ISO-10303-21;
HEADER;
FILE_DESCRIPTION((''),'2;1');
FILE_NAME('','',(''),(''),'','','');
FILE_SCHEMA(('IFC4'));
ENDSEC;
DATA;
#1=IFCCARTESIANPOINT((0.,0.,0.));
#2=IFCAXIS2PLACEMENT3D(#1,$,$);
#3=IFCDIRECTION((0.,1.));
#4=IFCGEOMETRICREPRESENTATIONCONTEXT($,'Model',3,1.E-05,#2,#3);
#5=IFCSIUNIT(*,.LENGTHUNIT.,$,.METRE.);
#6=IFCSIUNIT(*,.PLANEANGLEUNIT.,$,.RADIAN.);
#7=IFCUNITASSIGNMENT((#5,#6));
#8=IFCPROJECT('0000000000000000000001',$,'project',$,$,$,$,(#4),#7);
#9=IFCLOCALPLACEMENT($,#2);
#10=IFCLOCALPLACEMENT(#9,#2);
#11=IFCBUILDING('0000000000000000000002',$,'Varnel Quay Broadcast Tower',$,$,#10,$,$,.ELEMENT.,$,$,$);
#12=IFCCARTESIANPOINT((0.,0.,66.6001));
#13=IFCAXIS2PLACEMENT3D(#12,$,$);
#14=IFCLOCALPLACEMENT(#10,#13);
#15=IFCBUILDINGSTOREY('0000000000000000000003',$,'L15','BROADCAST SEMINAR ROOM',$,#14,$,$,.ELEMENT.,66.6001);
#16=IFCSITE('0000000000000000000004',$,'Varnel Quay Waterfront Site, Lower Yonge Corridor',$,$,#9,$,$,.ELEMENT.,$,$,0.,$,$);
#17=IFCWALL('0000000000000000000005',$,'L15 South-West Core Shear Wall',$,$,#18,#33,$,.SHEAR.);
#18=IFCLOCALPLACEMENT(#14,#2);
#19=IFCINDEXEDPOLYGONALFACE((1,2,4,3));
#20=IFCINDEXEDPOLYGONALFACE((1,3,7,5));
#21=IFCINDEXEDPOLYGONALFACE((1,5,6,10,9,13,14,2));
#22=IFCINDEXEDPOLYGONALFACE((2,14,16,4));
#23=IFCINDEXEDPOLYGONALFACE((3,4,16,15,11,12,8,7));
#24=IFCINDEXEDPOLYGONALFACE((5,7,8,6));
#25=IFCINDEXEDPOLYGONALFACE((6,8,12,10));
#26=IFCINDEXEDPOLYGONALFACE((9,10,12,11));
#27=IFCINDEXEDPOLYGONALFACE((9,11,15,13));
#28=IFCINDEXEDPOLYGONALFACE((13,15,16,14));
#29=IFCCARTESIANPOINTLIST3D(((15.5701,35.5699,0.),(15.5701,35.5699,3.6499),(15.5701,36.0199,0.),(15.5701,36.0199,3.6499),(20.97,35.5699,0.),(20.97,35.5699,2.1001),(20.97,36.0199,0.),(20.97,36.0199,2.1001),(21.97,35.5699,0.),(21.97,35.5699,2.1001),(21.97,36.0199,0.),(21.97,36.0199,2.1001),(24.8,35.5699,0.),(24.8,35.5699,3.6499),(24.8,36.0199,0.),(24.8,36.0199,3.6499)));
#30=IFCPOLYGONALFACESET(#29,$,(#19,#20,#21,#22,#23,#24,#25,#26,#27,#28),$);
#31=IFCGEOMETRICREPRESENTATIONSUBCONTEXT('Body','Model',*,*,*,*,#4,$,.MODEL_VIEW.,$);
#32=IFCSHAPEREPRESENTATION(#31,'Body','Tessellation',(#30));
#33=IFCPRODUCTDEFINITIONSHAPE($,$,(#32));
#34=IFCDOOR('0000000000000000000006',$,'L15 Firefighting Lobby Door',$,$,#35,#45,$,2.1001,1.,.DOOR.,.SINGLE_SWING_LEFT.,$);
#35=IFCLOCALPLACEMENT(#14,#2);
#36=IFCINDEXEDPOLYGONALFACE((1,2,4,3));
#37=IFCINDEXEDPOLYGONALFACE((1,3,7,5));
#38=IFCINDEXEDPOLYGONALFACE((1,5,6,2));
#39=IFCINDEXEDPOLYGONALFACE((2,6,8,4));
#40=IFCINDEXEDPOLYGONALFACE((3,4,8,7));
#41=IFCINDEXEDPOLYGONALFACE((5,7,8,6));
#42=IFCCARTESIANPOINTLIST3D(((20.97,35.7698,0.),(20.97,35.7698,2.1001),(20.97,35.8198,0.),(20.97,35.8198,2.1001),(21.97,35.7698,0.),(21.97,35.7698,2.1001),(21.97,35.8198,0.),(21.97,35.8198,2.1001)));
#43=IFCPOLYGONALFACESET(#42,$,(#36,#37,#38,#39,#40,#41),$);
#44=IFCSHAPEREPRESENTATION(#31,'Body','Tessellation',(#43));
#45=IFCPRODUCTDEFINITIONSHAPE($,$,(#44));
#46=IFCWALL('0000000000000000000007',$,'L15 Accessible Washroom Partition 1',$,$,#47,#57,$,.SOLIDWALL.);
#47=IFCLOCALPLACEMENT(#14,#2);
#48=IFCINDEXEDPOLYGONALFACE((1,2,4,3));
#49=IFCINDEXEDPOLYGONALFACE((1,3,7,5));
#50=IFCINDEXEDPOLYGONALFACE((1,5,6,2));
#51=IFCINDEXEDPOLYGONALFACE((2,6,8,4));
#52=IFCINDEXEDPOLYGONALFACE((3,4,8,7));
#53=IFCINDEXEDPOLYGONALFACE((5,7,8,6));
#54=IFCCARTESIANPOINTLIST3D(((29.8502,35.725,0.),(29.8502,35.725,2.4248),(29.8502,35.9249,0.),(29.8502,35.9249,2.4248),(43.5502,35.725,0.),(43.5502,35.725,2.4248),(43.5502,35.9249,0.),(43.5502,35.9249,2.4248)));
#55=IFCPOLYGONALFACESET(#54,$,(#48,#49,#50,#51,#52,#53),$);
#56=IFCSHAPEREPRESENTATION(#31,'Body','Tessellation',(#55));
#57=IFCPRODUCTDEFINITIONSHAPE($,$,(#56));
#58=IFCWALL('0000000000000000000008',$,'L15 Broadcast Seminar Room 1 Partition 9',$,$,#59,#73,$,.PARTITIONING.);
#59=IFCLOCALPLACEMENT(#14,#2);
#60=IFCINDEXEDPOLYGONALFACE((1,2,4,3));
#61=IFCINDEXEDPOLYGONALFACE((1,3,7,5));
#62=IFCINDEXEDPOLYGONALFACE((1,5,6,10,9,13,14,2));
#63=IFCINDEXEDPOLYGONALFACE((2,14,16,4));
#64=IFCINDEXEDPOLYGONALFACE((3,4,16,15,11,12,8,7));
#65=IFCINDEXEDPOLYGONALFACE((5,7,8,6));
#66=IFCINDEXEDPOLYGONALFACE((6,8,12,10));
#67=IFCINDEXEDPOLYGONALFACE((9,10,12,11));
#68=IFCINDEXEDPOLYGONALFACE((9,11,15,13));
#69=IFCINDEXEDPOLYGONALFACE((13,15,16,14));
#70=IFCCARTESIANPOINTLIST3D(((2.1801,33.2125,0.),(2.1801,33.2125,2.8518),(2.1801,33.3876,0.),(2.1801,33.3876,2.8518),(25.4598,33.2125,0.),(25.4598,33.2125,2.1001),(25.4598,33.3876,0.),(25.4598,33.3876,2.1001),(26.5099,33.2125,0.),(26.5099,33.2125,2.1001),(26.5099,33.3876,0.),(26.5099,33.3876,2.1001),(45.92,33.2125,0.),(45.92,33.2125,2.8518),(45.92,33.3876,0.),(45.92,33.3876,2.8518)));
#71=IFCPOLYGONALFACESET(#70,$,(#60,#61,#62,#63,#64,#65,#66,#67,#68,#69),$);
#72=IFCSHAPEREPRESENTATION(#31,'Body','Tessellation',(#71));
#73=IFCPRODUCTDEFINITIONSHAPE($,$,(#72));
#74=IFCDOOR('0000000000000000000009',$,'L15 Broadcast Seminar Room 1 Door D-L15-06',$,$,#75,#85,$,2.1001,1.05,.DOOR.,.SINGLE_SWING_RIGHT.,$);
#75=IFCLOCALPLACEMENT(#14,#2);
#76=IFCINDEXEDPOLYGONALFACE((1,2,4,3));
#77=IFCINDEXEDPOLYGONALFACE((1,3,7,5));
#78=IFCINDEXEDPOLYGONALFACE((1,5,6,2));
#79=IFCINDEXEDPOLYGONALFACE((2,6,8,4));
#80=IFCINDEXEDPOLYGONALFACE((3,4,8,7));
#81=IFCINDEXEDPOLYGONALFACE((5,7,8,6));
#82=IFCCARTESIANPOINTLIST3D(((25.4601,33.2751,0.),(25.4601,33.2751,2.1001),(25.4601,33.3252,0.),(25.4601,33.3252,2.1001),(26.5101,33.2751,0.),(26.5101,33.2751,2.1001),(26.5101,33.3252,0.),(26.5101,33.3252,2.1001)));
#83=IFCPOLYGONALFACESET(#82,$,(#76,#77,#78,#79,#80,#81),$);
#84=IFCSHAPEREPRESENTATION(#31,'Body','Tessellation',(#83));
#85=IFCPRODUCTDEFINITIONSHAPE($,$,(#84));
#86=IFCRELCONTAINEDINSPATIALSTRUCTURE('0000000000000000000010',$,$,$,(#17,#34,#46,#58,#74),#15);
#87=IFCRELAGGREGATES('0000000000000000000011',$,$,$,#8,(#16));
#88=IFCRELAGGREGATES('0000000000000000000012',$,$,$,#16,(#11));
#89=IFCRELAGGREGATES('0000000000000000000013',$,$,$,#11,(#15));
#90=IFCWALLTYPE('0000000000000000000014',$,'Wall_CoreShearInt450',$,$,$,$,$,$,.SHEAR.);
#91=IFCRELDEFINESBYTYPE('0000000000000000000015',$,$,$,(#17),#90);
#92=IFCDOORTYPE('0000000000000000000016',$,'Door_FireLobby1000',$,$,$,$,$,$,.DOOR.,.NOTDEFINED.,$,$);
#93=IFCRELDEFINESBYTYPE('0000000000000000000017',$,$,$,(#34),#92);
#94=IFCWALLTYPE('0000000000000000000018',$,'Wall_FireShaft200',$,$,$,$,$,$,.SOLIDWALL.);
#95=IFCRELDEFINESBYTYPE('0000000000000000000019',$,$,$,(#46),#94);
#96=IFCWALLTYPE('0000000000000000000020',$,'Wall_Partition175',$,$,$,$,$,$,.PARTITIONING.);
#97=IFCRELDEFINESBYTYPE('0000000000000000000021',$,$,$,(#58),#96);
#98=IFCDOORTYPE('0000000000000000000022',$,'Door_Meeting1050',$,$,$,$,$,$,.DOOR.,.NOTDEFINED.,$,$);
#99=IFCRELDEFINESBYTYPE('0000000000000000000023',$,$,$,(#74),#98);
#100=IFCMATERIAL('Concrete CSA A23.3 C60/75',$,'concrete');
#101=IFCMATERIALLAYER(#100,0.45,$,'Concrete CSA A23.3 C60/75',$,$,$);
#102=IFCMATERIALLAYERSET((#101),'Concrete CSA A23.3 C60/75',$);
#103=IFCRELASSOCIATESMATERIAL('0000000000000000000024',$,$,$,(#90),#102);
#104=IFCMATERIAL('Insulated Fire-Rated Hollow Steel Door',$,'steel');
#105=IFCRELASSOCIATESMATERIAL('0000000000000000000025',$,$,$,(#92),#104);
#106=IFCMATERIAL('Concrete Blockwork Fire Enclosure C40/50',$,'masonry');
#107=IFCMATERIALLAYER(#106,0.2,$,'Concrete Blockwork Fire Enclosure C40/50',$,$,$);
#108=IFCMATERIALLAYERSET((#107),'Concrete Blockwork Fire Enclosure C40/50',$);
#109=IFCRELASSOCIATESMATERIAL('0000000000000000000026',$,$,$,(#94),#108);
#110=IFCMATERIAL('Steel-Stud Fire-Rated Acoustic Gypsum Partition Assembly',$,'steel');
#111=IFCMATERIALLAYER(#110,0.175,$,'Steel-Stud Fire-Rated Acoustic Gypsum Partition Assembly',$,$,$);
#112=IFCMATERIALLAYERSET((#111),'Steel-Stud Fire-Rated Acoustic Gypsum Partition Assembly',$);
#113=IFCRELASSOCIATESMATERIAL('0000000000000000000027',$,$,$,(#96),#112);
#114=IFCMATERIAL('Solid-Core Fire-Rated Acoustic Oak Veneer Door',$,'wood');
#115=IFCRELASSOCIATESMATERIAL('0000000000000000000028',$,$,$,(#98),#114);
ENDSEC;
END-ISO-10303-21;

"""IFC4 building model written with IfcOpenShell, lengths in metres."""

from ifc_helpers import new_model, si_unit, direction, frame, frame_2d, origin, place, context, subcontext, project, spatial, rectangle, extrude, source, transform, mapped, material, layer, layer_set, type_object, type_shapes, element, fill, save


model = new_model("IFC4")

# Units and contexts
model_context = context("Model", 3, precision=1e-05, world=origin(), true_north=direction((0.0, 1.0)))
body_context = subcontext(model_context, "Body", "Model", "MODEL_VIEW")
ifc_project = project(units=[si_unit("LENGTHUNIT", "METRE"), si_unit("PLANEANGLEUNIT", "RADIAN")], contexts=[model_context])

# Site, building, storey
site_placement = place(None, origin())
site = spatial("IfcSite", under=ifc_project, at=site_placement, Name="Varnel Quay Waterfront Site, Lower Yonge Corridor", CompositionType="ELEMENT", RefElevation=0.0)
building_placement = place(site_placement, origin())
building = spatial("IfcBuilding", under=site, at=building_placement, Name="Varnel Quay Broadcast Tower", CompositionType="ELEMENT")
storey_placement = place(building_placement, frame((0.0, 0.0, 66.6001)))
storey = spatial("IfcBuildingStorey", under=building, at=storey_placement, Name="L15", Description="BROADCAST SEMINAR ROOM", CompositionType="ELEMENT", Elevation=66.6001)

# Shared definitions
ifc_material_1 = material(Name="Concrete CSA A23.3 C60/75", Category="concrete")

# Shared definitions
ifc_layer_1 = layer(ifc_material_1, 0.45, Name="Concrete CSA A23.3 C60/75")
ifc_layer_set_1 = layer_set([ifc_layer_1], Name="Concrete CSA A23.3 C60/75")
wall_type_1 = type_object("IfcWallType", Name="Wall_CoreShearInt450", PredefinedType="SHEAR", material=ifc_layer_set_1)

# Wall, opening, door
wall_1_placement = place(storey_placement, frame((15.5701, 35.7949, 0.0), z_axis=(0.0, 0.0, 1.0), x_axis=(1.0, 0.0, 0.0)))
wall_1 = element("IfcWall", 1, at=wall_1_placement, inside=storey, type_object=wall_type_1, Name="L15 South-West Core Shear Wall", PredefinedType="SHEAR", context=body_context, shape_type="SweptSolid", body=[
    extrude(rectangle(XDim=9.23, YDim=0.45, at=frame_2d((4.615, 0.0))), origin(), (0.0, 0.0, 1.0), 3.6499),
])
opening_1_placement = place(wall_1_placement, frame((5.3999, 0.0, 0.0)))
opening_1 = element("IfcOpeningElement", 2, at=opening_1_placement, cuts=wall_1, PredefinedType="OPENING", context=body_context, shape_type="SweptSolid", body=[
    extrude(rectangle(XDim=1.0, YDim=2.1001, at=frame_2d((0.5, 1.05))), frame((0.0, 0.2349, 0.0), z_axis=(0.0, -1.0, 0.0), x_axis=(1.0, 0.0, 0.0)), (0.0, 0.0, 1.0), 0.47),
])
ifc_material_2 = material(Name="Insulated Fire-Rated Hollow Steel Door", Category="steel")
door_type_1 = type_object("IfcDoorType", Name="Door_FireLobby1000", OperationType="NOTDEFINED", PredefinedType="DOOR", material=ifc_material_2)
shared_shape_1 = source(origin(), body_context, "Body", "SweptSolid", [
    extrude(rectangle(XDim=1.0, YDim=2.1001, at=frame_2d((0.5, 1.05))), frame((0.0, 0.0249, 0.0), z_axis=(0.0, -1.0, 0.0), x_axis=(1.0, 0.0, 0.0)), (0.0, 0.0, 1.0), 0.05),
])
type_shapes(door_type_1, [shared_shape_1])
door_1_placement = place(opening_1_placement, origin())
door_1 = element("IfcDoor", 3, at=door_1_placement, inside=storey, type_object=door_type_1, Name="L15 Firefighting Lobby Door", OperationType="SINGLE_SWING_LEFT", OverallHeight=2.1001, OverallWidth=1.0, PredefinedType="DOOR", context=body_context, shape_type="MappedRepresentation", body=[
    mapped(shared_shape_1, transform((0.0, 0.0, 0.0), x_axis=(1.0, 0.0, 0.0), y_axis=(0.0, 1.0, 0.0), z_axis=(0.0, 0.0, 1.0), scale=1.0)),
])
fill(opening_1, door_1)

# Wall
ifc_material_3 = material(Name="Concrete Blockwork Fire Enclosure C40/50", Category="masonry")
ifc_layer_2 = layer(ifc_material_3, 0.2, Name="Concrete Blockwork Fire Enclosure C40/50")
ifc_layer_set_2 = layer_set([ifc_layer_2], Name="Concrete Blockwork Fire Enclosure C40/50")
wall_type_2 = type_object("IfcWallType", Name="Wall_FireShaft200", PredefinedType="SOLIDWALL", material=ifc_layer_set_2)
wall_2_placement = place(storey_placement, frame((29.8501, 35.825, 0.0), z_axis=(0.0, 0.0, 1.0), x_axis=(1.0, 0.0, 0.0)))
element("IfcWall", 4, at=wall_2_placement, inside=storey, type_object=wall_type_2, Name="L15 Accessible Washroom Partition 1", PredefinedType="SOLIDWALL", context=body_context, shape_type="SweptSolid", body=[
    extrude(rectangle(XDim=13.7, YDim=0.2, at=frame_2d((6.8501, 0.0))), origin(), (0.0, 0.0, 1.0), 2.4248),
])

# Wall, opening, door
ifc_material_4 = material(Name="Steel-Stud Fire-Rated Acoustic Gypsum Partition Assembly", Category="steel")
ifc_layer_3 = layer(ifc_material_4, 0.175, Name="Steel-Stud Fire-Rated Acoustic Gypsum Partition Assembly")
ifc_layer_set_3 = layer_set([ifc_layer_3], Name="Steel-Stud Fire-Rated Acoustic Gypsum Partition Assembly")
wall_type_3 = type_object("IfcWallType", Name="Wall_Partition175", PredefinedType="PARTITIONING", material=ifc_layer_set_3)
wall_3_placement = place(storey_placement, frame((2.1799, 33.3, 0.0), z_axis=(0.0, 0.0, 1.0), x_axis=(1.0, 0.0, 0.0)))
wall_3 = element("IfcWall", 5, at=wall_3_placement, inside=storey, type_object=wall_type_3, Name="L15 Broadcast Seminar Room 1 Partition 9", PredefinedType="PARTITIONING", context=body_context, shape_type="SweptSolid", body=[
    extrude(rectangle(XDim=43.74, YDim=0.175, at=frame_2d((21.8701, 0.0))), origin(), (0.0, 0.0, 1.0), 2.8518),
])
opening_2_placement = place(wall_3_placement, frame((23.28, 0.0, 0.0)))
opening_2 = element("IfcOpeningElement", 6, at=opening_2_placement, cuts=wall_3, PredefinedType="OPENING", context=body_context, shape_type="SweptSolid", body=[
    extrude(rectangle(XDim=1.05, YDim=2.1001, at=frame_2d((0.5249, 1.05))), frame((0.0, 0.0977, 0.0), z_axis=(0.0, -1.0, 0.0), x_axis=(1.0, 0.0, 0.0)), (0.0, 0.0, 1.0), 0.1951),
])
ifc_material_5 = material(Name="Solid-Core Fire-Rated Acoustic Oak Veneer Door", Category="wood")
door_type_2 = type_object("IfcDoorType", Name="Door_Meeting1050", OperationType="NOTDEFINED", PredefinedType="DOOR", material=ifc_material_5)
shared_shape_2 = source(origin(), body_context, "Body", "SweptSolid", [
    extrude(rectangle(XDim=1.05, YDim=2.1001, at=frame_2d((0.5249, 1.05))), frame((0.0, 0.0249, 0.0), z_axis=(0.0, -1.0, 0.0), x_axis=(1.0, 0.0, 0.0)), (0.0, 0.0, 1.0), 0.05),
])
type_shapes(door_type_2, [shared_shape_2])
door_2_placement = place(opening_2_placement, frame((1.05, 0.0, 0.0), z_axis=(0.0, 0.0, 1.0), x_axis=(-1.0, 0.0, 0.0)))
door_2 = element("IfcDoor", 7, at=door_2_placement, inside=storey, type_object=door_type_2, Name="L15 Broadcast Seminar Room 1 Door D-L15-06", OperationType="SINGLE_SWING_RIGHT", OverallHeight=2.1001, OverallWidth=1.05, PredefinedType="DOOR", context=body_context, shape_type="MappedRepresentation", body=[
    mapped(shared_shape_2, transform((0.0, 0.0, 0.0), x_axis=(1.0, 0.0, 0.0), y_axis=(0.0, 1.0, 0.0), z_axis=(0.0, 0.0, 1.0), scale=1.0)),
])
fill(opening_2, door_2)

save(model, "model.ifc")
